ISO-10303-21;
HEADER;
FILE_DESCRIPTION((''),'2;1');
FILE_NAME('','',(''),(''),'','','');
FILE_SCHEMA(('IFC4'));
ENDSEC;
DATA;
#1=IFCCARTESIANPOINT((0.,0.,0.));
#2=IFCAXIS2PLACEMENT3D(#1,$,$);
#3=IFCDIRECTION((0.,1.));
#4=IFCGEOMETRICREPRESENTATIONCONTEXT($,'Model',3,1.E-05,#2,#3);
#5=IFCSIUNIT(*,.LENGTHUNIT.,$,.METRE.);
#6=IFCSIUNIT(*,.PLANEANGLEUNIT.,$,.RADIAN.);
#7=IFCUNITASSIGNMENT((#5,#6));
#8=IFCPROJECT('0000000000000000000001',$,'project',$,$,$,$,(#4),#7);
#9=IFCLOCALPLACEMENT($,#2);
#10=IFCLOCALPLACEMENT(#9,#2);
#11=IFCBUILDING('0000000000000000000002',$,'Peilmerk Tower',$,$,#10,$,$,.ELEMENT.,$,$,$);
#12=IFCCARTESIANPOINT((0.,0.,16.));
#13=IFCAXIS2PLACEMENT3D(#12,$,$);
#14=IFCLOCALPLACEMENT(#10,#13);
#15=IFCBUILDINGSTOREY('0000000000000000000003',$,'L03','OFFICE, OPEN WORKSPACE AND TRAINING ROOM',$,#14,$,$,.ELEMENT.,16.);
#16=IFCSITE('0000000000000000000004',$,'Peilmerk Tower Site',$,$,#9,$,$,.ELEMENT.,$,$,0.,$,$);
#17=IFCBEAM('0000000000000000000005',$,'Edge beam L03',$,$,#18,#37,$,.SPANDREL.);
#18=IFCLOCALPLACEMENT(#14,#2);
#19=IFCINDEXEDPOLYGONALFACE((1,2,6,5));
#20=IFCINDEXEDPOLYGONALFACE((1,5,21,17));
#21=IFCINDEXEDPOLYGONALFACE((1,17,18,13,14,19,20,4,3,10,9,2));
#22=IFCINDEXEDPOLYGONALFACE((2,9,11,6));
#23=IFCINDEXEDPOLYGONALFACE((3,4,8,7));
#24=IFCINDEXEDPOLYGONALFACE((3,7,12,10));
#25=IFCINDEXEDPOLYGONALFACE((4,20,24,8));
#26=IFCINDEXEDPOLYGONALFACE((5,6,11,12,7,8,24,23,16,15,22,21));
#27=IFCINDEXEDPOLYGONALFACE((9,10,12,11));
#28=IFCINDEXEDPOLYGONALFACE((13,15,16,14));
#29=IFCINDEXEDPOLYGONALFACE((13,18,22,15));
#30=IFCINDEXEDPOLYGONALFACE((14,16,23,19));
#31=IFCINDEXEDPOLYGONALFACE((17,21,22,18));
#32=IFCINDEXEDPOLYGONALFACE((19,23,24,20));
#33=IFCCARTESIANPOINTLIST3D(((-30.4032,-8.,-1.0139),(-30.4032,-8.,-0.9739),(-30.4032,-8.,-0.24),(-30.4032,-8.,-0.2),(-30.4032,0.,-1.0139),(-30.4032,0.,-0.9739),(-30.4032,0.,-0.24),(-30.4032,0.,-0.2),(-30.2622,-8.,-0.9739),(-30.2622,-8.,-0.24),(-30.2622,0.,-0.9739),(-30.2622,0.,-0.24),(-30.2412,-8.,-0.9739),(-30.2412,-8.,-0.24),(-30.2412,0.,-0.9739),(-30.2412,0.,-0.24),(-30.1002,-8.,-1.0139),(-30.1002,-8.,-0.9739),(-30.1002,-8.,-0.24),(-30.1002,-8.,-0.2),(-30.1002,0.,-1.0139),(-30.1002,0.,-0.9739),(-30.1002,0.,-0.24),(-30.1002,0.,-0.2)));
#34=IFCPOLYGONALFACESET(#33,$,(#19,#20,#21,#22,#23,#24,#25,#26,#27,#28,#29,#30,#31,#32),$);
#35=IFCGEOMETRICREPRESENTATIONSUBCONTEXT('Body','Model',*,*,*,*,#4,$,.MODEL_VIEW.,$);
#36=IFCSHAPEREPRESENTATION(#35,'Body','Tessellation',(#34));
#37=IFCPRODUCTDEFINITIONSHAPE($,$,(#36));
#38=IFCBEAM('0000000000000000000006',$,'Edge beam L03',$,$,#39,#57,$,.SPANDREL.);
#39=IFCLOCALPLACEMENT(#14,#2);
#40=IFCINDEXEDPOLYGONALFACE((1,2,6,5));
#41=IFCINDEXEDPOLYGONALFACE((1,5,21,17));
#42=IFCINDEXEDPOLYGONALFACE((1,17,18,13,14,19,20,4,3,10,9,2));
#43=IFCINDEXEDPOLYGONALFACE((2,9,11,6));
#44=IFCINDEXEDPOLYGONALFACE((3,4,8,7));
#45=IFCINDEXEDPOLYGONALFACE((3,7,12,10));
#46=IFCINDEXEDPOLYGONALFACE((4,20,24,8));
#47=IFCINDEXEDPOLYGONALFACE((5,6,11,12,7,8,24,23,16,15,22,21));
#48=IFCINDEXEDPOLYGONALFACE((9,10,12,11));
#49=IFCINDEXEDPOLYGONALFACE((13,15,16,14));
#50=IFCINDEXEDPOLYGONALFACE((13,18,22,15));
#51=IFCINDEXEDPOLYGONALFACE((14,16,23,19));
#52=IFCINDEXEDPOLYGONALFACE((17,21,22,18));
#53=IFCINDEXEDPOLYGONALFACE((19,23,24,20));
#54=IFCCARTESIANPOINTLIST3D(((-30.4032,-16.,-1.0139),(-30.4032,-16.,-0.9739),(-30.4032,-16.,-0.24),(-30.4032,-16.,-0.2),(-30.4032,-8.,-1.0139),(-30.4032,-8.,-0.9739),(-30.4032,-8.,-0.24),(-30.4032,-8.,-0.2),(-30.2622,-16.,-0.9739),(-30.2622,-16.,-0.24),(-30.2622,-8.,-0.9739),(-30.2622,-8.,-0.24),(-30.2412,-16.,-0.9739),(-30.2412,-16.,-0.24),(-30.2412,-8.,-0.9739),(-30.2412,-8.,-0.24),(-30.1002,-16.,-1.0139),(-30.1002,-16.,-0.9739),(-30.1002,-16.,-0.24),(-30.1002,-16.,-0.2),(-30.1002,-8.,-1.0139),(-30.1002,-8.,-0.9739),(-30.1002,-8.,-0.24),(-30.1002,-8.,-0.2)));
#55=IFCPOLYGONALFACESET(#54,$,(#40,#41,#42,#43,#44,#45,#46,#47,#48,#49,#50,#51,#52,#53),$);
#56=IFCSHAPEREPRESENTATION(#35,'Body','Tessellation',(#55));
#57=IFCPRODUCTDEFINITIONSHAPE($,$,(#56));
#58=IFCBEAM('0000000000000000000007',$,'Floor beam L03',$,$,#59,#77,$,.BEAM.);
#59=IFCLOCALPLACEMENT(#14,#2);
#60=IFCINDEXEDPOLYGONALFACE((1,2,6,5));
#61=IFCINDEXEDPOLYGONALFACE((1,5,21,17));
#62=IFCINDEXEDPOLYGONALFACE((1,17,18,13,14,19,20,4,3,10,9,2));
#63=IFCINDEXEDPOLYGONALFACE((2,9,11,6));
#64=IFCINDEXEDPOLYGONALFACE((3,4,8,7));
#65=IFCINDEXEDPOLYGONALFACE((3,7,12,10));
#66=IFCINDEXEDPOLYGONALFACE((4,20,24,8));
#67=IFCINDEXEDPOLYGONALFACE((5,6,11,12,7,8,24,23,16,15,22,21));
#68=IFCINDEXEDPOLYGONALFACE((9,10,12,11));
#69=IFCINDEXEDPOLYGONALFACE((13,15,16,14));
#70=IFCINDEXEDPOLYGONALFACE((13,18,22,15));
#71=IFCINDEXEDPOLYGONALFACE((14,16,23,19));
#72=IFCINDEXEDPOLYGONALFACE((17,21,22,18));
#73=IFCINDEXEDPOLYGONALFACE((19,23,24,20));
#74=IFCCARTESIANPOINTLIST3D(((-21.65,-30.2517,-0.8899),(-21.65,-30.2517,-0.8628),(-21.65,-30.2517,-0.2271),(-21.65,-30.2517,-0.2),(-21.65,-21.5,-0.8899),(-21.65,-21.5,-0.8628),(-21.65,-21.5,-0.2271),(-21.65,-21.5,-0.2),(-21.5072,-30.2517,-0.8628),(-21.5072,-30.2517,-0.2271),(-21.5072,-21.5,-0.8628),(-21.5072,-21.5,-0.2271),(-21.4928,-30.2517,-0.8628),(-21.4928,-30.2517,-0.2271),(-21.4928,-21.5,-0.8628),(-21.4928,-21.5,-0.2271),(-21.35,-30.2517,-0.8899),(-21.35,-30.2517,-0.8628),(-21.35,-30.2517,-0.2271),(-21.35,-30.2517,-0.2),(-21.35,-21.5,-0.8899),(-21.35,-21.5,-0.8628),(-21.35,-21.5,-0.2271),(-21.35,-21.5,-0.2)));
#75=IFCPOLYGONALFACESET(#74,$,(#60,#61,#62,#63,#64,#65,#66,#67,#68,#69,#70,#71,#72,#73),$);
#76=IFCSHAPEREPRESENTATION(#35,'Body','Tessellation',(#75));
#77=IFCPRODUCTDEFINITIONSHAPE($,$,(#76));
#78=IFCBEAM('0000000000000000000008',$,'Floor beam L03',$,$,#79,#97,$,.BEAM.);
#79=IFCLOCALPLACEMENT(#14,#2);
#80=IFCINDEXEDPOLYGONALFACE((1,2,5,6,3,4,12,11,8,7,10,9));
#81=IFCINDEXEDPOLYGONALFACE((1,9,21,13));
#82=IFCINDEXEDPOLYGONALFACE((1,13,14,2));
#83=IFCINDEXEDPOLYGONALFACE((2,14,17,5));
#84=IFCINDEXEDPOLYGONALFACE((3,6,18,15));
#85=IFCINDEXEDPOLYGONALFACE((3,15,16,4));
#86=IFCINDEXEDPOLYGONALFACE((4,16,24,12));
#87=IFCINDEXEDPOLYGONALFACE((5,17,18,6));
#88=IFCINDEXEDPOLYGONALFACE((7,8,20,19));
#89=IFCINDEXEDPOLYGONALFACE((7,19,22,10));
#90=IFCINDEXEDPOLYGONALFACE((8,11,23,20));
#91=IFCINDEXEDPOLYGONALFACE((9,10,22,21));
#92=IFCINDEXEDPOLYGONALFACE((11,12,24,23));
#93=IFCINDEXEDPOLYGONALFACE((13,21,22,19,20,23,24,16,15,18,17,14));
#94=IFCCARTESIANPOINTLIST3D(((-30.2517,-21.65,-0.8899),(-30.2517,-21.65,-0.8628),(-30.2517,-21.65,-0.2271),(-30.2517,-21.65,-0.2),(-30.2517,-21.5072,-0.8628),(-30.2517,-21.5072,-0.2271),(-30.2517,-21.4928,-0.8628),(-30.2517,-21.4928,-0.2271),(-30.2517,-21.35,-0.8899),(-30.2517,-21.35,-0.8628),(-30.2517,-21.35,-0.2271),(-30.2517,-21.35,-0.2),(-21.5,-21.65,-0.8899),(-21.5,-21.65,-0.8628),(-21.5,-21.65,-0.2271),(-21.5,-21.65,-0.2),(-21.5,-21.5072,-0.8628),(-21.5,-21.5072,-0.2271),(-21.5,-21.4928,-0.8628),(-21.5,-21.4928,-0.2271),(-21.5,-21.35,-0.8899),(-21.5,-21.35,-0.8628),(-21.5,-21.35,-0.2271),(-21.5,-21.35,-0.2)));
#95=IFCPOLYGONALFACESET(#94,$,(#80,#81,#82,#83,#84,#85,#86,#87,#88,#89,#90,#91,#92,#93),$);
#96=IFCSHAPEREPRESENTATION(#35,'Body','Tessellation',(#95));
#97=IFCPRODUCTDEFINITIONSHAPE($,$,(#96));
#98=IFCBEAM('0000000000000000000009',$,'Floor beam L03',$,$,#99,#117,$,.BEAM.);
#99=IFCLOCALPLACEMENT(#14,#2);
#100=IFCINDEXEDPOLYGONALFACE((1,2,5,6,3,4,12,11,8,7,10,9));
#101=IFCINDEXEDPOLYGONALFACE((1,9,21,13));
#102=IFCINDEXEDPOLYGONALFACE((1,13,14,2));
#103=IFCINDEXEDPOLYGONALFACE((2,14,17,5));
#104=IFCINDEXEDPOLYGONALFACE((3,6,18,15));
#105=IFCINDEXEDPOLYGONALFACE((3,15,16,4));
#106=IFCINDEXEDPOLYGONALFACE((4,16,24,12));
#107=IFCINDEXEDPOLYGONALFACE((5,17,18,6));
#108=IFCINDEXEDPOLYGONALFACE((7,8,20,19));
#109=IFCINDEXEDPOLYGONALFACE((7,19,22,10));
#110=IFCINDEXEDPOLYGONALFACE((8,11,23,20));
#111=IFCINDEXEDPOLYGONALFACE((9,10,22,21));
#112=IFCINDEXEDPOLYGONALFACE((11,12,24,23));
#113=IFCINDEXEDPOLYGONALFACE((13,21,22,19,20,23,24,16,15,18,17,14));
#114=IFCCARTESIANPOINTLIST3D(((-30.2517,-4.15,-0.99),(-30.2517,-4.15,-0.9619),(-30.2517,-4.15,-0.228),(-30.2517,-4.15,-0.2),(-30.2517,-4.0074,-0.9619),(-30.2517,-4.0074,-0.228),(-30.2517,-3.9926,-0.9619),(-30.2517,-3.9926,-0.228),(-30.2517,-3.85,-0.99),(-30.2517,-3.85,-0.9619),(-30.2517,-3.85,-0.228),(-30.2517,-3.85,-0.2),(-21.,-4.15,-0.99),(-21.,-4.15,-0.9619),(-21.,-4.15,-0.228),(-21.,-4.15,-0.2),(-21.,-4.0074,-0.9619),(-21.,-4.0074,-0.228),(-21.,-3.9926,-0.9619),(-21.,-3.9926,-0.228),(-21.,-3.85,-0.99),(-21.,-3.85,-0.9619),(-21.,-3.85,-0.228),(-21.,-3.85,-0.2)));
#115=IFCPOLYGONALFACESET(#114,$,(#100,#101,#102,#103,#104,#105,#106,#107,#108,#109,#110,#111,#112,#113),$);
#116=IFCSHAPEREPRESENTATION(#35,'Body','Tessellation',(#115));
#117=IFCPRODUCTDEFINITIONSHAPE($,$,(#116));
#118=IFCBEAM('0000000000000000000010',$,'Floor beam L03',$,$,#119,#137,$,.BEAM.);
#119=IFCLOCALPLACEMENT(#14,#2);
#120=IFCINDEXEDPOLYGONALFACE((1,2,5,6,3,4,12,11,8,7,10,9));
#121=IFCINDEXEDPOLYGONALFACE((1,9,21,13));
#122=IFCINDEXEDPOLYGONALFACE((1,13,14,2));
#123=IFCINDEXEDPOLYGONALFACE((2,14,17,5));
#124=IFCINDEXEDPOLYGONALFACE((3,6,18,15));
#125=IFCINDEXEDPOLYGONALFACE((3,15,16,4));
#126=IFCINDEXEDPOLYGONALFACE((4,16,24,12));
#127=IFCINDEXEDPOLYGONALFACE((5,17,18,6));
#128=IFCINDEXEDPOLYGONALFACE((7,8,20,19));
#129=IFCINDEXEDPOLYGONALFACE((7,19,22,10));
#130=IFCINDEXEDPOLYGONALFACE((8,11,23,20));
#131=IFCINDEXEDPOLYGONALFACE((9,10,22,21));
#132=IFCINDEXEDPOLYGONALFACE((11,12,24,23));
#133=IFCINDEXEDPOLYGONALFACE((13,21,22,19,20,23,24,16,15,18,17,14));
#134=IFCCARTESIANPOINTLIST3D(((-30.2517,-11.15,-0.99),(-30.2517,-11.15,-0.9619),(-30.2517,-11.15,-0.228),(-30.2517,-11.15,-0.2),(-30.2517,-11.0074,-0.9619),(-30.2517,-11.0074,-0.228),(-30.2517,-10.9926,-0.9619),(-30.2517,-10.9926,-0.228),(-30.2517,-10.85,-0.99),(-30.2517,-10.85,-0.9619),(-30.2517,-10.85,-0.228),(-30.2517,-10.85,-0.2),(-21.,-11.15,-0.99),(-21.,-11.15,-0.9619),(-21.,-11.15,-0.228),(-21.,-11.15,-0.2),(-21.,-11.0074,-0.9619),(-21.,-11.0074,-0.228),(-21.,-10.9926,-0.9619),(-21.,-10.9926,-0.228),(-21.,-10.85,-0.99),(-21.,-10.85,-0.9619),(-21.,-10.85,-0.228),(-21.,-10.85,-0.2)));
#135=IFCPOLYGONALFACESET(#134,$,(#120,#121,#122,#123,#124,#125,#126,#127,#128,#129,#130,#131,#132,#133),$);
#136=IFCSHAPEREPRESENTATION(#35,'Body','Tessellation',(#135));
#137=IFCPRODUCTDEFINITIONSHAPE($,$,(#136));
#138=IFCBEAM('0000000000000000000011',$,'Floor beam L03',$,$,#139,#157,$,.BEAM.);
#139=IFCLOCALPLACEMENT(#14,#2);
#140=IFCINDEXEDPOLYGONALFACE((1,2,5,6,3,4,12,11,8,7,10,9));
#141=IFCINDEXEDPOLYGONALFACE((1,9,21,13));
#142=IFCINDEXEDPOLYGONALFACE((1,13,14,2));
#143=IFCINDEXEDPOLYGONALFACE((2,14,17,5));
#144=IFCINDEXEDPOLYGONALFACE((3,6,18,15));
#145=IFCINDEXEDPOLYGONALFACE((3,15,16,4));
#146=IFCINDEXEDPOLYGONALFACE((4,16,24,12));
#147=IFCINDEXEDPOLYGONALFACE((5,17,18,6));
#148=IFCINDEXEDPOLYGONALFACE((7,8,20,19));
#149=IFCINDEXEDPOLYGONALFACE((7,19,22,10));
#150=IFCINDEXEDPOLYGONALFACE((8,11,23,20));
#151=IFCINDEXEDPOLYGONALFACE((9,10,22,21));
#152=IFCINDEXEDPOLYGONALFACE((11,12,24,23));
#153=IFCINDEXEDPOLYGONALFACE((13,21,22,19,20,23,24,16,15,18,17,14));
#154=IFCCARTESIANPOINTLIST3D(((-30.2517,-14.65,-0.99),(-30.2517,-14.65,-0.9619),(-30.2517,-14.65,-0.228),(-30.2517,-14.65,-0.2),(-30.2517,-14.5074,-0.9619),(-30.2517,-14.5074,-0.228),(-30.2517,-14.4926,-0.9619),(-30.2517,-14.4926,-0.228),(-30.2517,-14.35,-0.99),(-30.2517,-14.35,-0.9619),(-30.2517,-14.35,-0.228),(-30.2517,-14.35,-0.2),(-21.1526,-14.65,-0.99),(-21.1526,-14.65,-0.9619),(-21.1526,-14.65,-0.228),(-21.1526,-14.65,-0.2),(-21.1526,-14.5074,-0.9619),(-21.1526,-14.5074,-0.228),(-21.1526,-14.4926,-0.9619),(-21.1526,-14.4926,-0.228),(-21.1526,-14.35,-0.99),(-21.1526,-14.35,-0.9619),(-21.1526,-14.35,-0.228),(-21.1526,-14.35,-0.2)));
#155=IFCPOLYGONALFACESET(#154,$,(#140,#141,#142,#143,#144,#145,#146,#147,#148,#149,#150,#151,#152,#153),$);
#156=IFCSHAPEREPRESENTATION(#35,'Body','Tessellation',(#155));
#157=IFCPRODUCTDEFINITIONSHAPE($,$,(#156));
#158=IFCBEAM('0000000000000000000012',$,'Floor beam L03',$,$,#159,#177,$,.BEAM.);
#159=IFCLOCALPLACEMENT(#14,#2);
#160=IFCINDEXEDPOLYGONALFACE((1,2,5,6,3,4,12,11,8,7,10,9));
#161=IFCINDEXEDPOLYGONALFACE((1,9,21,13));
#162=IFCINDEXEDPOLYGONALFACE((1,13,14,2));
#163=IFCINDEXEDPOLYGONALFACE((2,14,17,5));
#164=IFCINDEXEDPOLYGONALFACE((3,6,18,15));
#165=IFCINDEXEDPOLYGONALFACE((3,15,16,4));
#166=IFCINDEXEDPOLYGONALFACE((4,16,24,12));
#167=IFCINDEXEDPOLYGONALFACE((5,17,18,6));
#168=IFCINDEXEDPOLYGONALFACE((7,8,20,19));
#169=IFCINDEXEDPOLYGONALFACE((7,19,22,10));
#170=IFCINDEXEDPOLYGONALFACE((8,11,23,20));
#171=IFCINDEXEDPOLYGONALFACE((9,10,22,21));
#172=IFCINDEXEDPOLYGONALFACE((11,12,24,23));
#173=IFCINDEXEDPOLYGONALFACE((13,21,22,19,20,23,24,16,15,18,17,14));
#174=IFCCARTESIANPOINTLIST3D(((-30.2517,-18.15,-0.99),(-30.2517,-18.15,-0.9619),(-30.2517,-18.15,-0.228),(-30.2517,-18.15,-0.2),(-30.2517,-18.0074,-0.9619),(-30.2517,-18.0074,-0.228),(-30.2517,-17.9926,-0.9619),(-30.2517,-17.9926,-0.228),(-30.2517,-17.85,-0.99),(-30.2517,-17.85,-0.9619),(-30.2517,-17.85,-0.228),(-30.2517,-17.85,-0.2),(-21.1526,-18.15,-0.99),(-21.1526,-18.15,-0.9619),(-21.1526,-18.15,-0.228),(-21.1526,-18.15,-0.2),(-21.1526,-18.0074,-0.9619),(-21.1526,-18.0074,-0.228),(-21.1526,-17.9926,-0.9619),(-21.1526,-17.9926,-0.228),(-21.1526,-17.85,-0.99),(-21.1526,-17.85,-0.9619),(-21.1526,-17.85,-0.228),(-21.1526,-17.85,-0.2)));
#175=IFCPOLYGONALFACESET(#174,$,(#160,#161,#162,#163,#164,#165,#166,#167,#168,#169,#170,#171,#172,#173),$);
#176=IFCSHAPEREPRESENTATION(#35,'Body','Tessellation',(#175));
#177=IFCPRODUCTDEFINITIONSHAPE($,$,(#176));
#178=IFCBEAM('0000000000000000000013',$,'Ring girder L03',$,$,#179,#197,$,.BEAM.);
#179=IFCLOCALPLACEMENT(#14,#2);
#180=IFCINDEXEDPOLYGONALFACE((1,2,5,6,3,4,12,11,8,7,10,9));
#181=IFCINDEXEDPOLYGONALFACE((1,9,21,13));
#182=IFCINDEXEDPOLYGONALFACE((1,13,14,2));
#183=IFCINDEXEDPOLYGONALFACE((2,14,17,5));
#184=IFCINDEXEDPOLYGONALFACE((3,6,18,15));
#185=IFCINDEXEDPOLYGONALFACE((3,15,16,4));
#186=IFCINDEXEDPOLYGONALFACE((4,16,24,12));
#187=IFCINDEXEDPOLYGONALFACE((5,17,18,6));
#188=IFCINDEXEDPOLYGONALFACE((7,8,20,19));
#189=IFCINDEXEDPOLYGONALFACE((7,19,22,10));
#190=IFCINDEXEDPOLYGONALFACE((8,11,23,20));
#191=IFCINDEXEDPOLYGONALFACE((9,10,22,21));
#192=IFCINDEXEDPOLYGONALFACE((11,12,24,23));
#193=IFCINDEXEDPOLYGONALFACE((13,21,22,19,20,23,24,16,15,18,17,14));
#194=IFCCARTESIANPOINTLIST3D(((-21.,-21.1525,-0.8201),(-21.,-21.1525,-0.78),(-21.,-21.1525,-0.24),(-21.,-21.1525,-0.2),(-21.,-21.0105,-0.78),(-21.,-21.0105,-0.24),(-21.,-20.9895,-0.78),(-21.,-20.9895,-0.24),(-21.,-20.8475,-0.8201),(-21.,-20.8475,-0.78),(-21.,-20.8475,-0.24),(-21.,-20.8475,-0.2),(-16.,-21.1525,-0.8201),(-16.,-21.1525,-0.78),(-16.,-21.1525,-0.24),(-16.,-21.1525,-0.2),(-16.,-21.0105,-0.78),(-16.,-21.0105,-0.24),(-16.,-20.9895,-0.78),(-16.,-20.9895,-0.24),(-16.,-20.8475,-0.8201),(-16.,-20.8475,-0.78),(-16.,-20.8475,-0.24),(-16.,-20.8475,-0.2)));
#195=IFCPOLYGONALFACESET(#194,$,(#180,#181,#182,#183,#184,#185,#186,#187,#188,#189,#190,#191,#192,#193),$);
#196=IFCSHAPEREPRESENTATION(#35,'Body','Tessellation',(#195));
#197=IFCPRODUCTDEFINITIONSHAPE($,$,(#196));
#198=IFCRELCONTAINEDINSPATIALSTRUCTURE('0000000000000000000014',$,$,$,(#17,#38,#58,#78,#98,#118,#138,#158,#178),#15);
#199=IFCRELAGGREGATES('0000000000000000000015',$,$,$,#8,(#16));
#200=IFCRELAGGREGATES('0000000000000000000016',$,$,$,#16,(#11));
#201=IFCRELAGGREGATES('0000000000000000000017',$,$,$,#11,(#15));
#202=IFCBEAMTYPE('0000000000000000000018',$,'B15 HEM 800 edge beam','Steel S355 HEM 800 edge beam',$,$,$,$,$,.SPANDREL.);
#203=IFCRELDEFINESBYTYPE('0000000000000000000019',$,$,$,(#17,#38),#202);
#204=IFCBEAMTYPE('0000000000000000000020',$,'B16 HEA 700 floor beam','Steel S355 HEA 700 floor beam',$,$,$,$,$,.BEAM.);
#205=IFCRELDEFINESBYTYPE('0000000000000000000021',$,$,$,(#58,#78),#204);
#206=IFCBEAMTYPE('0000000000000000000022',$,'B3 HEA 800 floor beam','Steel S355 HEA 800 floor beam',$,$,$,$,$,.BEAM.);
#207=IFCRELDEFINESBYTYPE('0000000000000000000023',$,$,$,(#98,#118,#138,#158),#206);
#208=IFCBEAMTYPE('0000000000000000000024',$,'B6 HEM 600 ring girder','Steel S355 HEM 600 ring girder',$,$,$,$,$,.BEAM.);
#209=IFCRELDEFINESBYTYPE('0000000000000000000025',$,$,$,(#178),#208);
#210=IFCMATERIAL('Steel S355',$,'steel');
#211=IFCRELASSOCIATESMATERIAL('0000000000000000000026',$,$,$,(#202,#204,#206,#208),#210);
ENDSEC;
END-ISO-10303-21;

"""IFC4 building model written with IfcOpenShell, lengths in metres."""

from ifc_helpers import new_model, si_unit, direction, frame, origin, origin_2d, place, context, subcontext, project, spatial, i_section, extrude, material, material_profile, profile_set, type_object, element, save


model = new_model("IFC4")

# Units and contexts
model_context = context("Model", 3, precision=1e-05, world=origin(), true_north=direction((0.0, 1.0)))
body_context = subcontext(model_context, "Body", "Model", "MODEL_VIEW")
ifc_project = project(units=[si_unit("LENGTHUNIT", "METRE"), si_unit("PLANEANGLEUNIT", "RADIAN")], contexts=[model_context])

# Site, building, storey
site_placement = place(None, origin())
site = spatial("IfcSite", under=ifc_project, at=site_placement, Name="Peilmerk Tower Site", CompositionType="ELEMENT", RefElevation=0.0)
building_placement = place(site_placement, origin())
building = spatial("IfcBuilding", under=site, at=building_placement, Name="Peilmerk Tower", CompositionType="ELEMENT")
storey_placement = place(building_placement, frame((0.0, 0.0, 16.0)))
storey = spatial("IfcBuildingStorey", under=building, at=storey_placement, Name="L03", Description="OFFICE, OPEN WORKSPACE AND TRAINING ROOM", CompositionType="ELEMENT", Elevation=16.0)

# Beams
ifc_material_1 = material(Name="Steel S355", Category="steel")
ifc_material_profile_1 = material_profile(ifc_material_1, i_section(OverallWidth=0.303, OverallDepth=0.814, WebThickness=0.021, FlangeThickness=0.04, at=origin_2d()), Name="HEM 800")
ifc_profile_set_1 = profile_set([ifc_material_profile_1], Name="Steel S355")
beam_type_1 = type_object("IfcBeamType", Name="B15 HEM 800 edge beam", Description="Steel S355 HEM 800 edge beam", PredefinedType="SPANDREL", material=ifc_profile_set_1)
for number, where, z_axis, x_axis, name in (
    (1, (-30.2517, 0.0, -0.6069), (0.0, -1.0, 0.0), (1.0, 0.0, 0.0), "Edge beam L03"),
    (2, (-30.2517, -8.0, -0.6069), (0.0, -1.0, 0.0), (1.0, 0.0, 0.0), "Edge beam L03"),
):
    element("IfcBeam", number, at=place(storey_placement, frame(where, z_axis=z_axis, x_axis=x_axis)), inside=storey, type_object=beam_type_1, Name=name, PredefinedType="SPANDREL", context=body_context, shape_type="SweptSolid", body=[
        extrude(i_section(OverallWidth=0.303, OverallDepth=0.814, WebThickness=0.021, FlangeThickness=0.04, at=origin_2d()), origin(), (0.0, 0.0, 1.0), 8.0),
    ])
ifc_material_profile_2 = material_profile(ifc_material_1, i_section(OverallWidth=0.3, OverallDepth=0.6899, WebThickness=0.0144, FlangeThickness=0.0271, at=origin_2d()), Name="HEA 700")
ifc_profile_set_2 = profile_set([ifc_material_profile_2], Name="Steel S355")
beam_type_2 = type_object("IfcBeamType", Name="B16 HEA 700 floor beam", Description="Steel S355 HEA 700 floor beam", PredefinedType="BEAM", material=ifc_profile_set_2)
for number, where, z_axis, x_axis, name in (
    (3, (-21.5, -21.5, -0.5449), (0.0, -1.0, 0.0), (1.0, 0.0, 0.0), "Floor beam L03"),
    (4, (-21.5, -21.5, -0.5449), (-1.0, 0.0, 0.0), (0.0, -1.0, 0.0), "Floor beam L03"),
):
    element("IfcBeam", number, at=place(storey_placement, frame(where, z_axis=z_axis, x_axis=x_axis)), inside=storey, type_object=beam_type_2, Name=name, PredefinedType="BEAM", context=body_context, shape_type="SweptSolid", body=[
        extrude(i_section(OverallWidth=0.3, OverallDepth=0.6899, WebThickness=0.0144, FlangeThickness=0.0271, at=origin_2d()), origin(), (0.0, 0.0, 1.0), 8.7517),
    ])
ifc_material_profile_3 = material_profile(ifc_material_1, i_section(OverallWidth=0.3, OverallDepth=0.79, WebThickness=0.0149, FlangeThickness=0.0281, at=origin_2d()), Name="HEA 800")
ifc_profile_set_3 = profile_set([ifc_material_profile_3], Name="Steel S355")
beam_type_3 = type_object("IfcBeamType", Name="B3 HEA 800 floor beam", Description="Steel S355 HEA 800 floor beam", PredefinedType="BEAM", material=ifc_profile_set_3)
for number, where, z_axis, x_axis, name in (
    (5, (-21.0, -4.0, -0.595), (-1.0, 0.0, 0.0), (0.0, -1.0, 0.0), "Floor beam L03"),
    (6, (-21.0, -11.0, -0.595), (-1.0, 0.0, 0.0), (0.0, -1.0, 0.0), "Floor beam L03"),
):
    element("IfcBeam", number, at=place(storey_placement, frame(where, z_axis=z_axis, x_axis=x_axis)), inside=storey, type_object=beam_type_3, Name=name, PredefinedType="BEAM", context=body_context, shape_type="SweptSolid", body=[
        extrude(i_section(OverallWidth=0.3, OverallDepth=0.79, WebThickness=0.0149, FlangeThickness=0.0281, at=origin_2d()), origin(), (0.0, 0.0, 1.0), 9.2517),
    ])
for number, where, z_axis, x_axis, name in (
    (7, (-21.1526, -14.5, -0.595), (-1.0, 0.0, 0.0), (0.0, -1.0, 0.0), "Floor beam L03"),
    (8, (-21.1526, -18.0, -0.595), (-1.0, 0.0, 0.0), (0.0, -1.0, 0.0), "Floor beam L03"),
):
    element("IfcBeam", number, at=place(storey_placement, frame(where, z_axis=z_axis, x_axis=x_axis)), inside=storey, type_object=beam_type_3, Name=name, PredefinedType="BEAM", context=body_context, shape_type="SweptSolid", body=[
        extrude(i_section(OverallWidth=0.3, OverallDepth=0.79, WebThickness=0.0149, FlangeThickness=0.0281, at=origin_2d()), origin(), (0.0, 0.0, 1.0), 9.0991),
    ])
ifc_material_profile_4 = material_profile(ifc_material_1, i_section(OverallWidth=0.3049, OverallDepth=0.6201, WebThickness=0.021, FlangeThickness=0.04, at=origin_2d()), Name="HEM 600")
ifc_profile_set_4 = profile_set([ifc_material_profile_4], Name="Steel S355")
beam_type_4 = type_object("IfcBeamType", Name="B6 HEM 600 ring girder", Description="Steel S355 HEM 600 ring girder", PredefinedType="BEAM", material=ifc_profile_set_4)
beam_1_placement = place(storey_placement, frame((-21.0, -21.0, -0.51), z_axis=(1.0, 0.0, 0.0), x_axis=(0.0, 1.0, 0.0)))
element("IfcBeam", 9, at=beam_1_placement, inside=storey, type_object=beam_type_4, Name="Ring girder L03", PredefinedType="BEAM", context=body_context, shape_type="SweptSolid", body=[
    extrude(i_section(OverallWidth=0.3049, OverallDepth=0.6201, WebThickness=0.021, FlangeThickness=0.04, at=origin_2d()), origin(), (0.0, 0.0, 1.0), 5.0),
])

save(model, "model.ifc")
